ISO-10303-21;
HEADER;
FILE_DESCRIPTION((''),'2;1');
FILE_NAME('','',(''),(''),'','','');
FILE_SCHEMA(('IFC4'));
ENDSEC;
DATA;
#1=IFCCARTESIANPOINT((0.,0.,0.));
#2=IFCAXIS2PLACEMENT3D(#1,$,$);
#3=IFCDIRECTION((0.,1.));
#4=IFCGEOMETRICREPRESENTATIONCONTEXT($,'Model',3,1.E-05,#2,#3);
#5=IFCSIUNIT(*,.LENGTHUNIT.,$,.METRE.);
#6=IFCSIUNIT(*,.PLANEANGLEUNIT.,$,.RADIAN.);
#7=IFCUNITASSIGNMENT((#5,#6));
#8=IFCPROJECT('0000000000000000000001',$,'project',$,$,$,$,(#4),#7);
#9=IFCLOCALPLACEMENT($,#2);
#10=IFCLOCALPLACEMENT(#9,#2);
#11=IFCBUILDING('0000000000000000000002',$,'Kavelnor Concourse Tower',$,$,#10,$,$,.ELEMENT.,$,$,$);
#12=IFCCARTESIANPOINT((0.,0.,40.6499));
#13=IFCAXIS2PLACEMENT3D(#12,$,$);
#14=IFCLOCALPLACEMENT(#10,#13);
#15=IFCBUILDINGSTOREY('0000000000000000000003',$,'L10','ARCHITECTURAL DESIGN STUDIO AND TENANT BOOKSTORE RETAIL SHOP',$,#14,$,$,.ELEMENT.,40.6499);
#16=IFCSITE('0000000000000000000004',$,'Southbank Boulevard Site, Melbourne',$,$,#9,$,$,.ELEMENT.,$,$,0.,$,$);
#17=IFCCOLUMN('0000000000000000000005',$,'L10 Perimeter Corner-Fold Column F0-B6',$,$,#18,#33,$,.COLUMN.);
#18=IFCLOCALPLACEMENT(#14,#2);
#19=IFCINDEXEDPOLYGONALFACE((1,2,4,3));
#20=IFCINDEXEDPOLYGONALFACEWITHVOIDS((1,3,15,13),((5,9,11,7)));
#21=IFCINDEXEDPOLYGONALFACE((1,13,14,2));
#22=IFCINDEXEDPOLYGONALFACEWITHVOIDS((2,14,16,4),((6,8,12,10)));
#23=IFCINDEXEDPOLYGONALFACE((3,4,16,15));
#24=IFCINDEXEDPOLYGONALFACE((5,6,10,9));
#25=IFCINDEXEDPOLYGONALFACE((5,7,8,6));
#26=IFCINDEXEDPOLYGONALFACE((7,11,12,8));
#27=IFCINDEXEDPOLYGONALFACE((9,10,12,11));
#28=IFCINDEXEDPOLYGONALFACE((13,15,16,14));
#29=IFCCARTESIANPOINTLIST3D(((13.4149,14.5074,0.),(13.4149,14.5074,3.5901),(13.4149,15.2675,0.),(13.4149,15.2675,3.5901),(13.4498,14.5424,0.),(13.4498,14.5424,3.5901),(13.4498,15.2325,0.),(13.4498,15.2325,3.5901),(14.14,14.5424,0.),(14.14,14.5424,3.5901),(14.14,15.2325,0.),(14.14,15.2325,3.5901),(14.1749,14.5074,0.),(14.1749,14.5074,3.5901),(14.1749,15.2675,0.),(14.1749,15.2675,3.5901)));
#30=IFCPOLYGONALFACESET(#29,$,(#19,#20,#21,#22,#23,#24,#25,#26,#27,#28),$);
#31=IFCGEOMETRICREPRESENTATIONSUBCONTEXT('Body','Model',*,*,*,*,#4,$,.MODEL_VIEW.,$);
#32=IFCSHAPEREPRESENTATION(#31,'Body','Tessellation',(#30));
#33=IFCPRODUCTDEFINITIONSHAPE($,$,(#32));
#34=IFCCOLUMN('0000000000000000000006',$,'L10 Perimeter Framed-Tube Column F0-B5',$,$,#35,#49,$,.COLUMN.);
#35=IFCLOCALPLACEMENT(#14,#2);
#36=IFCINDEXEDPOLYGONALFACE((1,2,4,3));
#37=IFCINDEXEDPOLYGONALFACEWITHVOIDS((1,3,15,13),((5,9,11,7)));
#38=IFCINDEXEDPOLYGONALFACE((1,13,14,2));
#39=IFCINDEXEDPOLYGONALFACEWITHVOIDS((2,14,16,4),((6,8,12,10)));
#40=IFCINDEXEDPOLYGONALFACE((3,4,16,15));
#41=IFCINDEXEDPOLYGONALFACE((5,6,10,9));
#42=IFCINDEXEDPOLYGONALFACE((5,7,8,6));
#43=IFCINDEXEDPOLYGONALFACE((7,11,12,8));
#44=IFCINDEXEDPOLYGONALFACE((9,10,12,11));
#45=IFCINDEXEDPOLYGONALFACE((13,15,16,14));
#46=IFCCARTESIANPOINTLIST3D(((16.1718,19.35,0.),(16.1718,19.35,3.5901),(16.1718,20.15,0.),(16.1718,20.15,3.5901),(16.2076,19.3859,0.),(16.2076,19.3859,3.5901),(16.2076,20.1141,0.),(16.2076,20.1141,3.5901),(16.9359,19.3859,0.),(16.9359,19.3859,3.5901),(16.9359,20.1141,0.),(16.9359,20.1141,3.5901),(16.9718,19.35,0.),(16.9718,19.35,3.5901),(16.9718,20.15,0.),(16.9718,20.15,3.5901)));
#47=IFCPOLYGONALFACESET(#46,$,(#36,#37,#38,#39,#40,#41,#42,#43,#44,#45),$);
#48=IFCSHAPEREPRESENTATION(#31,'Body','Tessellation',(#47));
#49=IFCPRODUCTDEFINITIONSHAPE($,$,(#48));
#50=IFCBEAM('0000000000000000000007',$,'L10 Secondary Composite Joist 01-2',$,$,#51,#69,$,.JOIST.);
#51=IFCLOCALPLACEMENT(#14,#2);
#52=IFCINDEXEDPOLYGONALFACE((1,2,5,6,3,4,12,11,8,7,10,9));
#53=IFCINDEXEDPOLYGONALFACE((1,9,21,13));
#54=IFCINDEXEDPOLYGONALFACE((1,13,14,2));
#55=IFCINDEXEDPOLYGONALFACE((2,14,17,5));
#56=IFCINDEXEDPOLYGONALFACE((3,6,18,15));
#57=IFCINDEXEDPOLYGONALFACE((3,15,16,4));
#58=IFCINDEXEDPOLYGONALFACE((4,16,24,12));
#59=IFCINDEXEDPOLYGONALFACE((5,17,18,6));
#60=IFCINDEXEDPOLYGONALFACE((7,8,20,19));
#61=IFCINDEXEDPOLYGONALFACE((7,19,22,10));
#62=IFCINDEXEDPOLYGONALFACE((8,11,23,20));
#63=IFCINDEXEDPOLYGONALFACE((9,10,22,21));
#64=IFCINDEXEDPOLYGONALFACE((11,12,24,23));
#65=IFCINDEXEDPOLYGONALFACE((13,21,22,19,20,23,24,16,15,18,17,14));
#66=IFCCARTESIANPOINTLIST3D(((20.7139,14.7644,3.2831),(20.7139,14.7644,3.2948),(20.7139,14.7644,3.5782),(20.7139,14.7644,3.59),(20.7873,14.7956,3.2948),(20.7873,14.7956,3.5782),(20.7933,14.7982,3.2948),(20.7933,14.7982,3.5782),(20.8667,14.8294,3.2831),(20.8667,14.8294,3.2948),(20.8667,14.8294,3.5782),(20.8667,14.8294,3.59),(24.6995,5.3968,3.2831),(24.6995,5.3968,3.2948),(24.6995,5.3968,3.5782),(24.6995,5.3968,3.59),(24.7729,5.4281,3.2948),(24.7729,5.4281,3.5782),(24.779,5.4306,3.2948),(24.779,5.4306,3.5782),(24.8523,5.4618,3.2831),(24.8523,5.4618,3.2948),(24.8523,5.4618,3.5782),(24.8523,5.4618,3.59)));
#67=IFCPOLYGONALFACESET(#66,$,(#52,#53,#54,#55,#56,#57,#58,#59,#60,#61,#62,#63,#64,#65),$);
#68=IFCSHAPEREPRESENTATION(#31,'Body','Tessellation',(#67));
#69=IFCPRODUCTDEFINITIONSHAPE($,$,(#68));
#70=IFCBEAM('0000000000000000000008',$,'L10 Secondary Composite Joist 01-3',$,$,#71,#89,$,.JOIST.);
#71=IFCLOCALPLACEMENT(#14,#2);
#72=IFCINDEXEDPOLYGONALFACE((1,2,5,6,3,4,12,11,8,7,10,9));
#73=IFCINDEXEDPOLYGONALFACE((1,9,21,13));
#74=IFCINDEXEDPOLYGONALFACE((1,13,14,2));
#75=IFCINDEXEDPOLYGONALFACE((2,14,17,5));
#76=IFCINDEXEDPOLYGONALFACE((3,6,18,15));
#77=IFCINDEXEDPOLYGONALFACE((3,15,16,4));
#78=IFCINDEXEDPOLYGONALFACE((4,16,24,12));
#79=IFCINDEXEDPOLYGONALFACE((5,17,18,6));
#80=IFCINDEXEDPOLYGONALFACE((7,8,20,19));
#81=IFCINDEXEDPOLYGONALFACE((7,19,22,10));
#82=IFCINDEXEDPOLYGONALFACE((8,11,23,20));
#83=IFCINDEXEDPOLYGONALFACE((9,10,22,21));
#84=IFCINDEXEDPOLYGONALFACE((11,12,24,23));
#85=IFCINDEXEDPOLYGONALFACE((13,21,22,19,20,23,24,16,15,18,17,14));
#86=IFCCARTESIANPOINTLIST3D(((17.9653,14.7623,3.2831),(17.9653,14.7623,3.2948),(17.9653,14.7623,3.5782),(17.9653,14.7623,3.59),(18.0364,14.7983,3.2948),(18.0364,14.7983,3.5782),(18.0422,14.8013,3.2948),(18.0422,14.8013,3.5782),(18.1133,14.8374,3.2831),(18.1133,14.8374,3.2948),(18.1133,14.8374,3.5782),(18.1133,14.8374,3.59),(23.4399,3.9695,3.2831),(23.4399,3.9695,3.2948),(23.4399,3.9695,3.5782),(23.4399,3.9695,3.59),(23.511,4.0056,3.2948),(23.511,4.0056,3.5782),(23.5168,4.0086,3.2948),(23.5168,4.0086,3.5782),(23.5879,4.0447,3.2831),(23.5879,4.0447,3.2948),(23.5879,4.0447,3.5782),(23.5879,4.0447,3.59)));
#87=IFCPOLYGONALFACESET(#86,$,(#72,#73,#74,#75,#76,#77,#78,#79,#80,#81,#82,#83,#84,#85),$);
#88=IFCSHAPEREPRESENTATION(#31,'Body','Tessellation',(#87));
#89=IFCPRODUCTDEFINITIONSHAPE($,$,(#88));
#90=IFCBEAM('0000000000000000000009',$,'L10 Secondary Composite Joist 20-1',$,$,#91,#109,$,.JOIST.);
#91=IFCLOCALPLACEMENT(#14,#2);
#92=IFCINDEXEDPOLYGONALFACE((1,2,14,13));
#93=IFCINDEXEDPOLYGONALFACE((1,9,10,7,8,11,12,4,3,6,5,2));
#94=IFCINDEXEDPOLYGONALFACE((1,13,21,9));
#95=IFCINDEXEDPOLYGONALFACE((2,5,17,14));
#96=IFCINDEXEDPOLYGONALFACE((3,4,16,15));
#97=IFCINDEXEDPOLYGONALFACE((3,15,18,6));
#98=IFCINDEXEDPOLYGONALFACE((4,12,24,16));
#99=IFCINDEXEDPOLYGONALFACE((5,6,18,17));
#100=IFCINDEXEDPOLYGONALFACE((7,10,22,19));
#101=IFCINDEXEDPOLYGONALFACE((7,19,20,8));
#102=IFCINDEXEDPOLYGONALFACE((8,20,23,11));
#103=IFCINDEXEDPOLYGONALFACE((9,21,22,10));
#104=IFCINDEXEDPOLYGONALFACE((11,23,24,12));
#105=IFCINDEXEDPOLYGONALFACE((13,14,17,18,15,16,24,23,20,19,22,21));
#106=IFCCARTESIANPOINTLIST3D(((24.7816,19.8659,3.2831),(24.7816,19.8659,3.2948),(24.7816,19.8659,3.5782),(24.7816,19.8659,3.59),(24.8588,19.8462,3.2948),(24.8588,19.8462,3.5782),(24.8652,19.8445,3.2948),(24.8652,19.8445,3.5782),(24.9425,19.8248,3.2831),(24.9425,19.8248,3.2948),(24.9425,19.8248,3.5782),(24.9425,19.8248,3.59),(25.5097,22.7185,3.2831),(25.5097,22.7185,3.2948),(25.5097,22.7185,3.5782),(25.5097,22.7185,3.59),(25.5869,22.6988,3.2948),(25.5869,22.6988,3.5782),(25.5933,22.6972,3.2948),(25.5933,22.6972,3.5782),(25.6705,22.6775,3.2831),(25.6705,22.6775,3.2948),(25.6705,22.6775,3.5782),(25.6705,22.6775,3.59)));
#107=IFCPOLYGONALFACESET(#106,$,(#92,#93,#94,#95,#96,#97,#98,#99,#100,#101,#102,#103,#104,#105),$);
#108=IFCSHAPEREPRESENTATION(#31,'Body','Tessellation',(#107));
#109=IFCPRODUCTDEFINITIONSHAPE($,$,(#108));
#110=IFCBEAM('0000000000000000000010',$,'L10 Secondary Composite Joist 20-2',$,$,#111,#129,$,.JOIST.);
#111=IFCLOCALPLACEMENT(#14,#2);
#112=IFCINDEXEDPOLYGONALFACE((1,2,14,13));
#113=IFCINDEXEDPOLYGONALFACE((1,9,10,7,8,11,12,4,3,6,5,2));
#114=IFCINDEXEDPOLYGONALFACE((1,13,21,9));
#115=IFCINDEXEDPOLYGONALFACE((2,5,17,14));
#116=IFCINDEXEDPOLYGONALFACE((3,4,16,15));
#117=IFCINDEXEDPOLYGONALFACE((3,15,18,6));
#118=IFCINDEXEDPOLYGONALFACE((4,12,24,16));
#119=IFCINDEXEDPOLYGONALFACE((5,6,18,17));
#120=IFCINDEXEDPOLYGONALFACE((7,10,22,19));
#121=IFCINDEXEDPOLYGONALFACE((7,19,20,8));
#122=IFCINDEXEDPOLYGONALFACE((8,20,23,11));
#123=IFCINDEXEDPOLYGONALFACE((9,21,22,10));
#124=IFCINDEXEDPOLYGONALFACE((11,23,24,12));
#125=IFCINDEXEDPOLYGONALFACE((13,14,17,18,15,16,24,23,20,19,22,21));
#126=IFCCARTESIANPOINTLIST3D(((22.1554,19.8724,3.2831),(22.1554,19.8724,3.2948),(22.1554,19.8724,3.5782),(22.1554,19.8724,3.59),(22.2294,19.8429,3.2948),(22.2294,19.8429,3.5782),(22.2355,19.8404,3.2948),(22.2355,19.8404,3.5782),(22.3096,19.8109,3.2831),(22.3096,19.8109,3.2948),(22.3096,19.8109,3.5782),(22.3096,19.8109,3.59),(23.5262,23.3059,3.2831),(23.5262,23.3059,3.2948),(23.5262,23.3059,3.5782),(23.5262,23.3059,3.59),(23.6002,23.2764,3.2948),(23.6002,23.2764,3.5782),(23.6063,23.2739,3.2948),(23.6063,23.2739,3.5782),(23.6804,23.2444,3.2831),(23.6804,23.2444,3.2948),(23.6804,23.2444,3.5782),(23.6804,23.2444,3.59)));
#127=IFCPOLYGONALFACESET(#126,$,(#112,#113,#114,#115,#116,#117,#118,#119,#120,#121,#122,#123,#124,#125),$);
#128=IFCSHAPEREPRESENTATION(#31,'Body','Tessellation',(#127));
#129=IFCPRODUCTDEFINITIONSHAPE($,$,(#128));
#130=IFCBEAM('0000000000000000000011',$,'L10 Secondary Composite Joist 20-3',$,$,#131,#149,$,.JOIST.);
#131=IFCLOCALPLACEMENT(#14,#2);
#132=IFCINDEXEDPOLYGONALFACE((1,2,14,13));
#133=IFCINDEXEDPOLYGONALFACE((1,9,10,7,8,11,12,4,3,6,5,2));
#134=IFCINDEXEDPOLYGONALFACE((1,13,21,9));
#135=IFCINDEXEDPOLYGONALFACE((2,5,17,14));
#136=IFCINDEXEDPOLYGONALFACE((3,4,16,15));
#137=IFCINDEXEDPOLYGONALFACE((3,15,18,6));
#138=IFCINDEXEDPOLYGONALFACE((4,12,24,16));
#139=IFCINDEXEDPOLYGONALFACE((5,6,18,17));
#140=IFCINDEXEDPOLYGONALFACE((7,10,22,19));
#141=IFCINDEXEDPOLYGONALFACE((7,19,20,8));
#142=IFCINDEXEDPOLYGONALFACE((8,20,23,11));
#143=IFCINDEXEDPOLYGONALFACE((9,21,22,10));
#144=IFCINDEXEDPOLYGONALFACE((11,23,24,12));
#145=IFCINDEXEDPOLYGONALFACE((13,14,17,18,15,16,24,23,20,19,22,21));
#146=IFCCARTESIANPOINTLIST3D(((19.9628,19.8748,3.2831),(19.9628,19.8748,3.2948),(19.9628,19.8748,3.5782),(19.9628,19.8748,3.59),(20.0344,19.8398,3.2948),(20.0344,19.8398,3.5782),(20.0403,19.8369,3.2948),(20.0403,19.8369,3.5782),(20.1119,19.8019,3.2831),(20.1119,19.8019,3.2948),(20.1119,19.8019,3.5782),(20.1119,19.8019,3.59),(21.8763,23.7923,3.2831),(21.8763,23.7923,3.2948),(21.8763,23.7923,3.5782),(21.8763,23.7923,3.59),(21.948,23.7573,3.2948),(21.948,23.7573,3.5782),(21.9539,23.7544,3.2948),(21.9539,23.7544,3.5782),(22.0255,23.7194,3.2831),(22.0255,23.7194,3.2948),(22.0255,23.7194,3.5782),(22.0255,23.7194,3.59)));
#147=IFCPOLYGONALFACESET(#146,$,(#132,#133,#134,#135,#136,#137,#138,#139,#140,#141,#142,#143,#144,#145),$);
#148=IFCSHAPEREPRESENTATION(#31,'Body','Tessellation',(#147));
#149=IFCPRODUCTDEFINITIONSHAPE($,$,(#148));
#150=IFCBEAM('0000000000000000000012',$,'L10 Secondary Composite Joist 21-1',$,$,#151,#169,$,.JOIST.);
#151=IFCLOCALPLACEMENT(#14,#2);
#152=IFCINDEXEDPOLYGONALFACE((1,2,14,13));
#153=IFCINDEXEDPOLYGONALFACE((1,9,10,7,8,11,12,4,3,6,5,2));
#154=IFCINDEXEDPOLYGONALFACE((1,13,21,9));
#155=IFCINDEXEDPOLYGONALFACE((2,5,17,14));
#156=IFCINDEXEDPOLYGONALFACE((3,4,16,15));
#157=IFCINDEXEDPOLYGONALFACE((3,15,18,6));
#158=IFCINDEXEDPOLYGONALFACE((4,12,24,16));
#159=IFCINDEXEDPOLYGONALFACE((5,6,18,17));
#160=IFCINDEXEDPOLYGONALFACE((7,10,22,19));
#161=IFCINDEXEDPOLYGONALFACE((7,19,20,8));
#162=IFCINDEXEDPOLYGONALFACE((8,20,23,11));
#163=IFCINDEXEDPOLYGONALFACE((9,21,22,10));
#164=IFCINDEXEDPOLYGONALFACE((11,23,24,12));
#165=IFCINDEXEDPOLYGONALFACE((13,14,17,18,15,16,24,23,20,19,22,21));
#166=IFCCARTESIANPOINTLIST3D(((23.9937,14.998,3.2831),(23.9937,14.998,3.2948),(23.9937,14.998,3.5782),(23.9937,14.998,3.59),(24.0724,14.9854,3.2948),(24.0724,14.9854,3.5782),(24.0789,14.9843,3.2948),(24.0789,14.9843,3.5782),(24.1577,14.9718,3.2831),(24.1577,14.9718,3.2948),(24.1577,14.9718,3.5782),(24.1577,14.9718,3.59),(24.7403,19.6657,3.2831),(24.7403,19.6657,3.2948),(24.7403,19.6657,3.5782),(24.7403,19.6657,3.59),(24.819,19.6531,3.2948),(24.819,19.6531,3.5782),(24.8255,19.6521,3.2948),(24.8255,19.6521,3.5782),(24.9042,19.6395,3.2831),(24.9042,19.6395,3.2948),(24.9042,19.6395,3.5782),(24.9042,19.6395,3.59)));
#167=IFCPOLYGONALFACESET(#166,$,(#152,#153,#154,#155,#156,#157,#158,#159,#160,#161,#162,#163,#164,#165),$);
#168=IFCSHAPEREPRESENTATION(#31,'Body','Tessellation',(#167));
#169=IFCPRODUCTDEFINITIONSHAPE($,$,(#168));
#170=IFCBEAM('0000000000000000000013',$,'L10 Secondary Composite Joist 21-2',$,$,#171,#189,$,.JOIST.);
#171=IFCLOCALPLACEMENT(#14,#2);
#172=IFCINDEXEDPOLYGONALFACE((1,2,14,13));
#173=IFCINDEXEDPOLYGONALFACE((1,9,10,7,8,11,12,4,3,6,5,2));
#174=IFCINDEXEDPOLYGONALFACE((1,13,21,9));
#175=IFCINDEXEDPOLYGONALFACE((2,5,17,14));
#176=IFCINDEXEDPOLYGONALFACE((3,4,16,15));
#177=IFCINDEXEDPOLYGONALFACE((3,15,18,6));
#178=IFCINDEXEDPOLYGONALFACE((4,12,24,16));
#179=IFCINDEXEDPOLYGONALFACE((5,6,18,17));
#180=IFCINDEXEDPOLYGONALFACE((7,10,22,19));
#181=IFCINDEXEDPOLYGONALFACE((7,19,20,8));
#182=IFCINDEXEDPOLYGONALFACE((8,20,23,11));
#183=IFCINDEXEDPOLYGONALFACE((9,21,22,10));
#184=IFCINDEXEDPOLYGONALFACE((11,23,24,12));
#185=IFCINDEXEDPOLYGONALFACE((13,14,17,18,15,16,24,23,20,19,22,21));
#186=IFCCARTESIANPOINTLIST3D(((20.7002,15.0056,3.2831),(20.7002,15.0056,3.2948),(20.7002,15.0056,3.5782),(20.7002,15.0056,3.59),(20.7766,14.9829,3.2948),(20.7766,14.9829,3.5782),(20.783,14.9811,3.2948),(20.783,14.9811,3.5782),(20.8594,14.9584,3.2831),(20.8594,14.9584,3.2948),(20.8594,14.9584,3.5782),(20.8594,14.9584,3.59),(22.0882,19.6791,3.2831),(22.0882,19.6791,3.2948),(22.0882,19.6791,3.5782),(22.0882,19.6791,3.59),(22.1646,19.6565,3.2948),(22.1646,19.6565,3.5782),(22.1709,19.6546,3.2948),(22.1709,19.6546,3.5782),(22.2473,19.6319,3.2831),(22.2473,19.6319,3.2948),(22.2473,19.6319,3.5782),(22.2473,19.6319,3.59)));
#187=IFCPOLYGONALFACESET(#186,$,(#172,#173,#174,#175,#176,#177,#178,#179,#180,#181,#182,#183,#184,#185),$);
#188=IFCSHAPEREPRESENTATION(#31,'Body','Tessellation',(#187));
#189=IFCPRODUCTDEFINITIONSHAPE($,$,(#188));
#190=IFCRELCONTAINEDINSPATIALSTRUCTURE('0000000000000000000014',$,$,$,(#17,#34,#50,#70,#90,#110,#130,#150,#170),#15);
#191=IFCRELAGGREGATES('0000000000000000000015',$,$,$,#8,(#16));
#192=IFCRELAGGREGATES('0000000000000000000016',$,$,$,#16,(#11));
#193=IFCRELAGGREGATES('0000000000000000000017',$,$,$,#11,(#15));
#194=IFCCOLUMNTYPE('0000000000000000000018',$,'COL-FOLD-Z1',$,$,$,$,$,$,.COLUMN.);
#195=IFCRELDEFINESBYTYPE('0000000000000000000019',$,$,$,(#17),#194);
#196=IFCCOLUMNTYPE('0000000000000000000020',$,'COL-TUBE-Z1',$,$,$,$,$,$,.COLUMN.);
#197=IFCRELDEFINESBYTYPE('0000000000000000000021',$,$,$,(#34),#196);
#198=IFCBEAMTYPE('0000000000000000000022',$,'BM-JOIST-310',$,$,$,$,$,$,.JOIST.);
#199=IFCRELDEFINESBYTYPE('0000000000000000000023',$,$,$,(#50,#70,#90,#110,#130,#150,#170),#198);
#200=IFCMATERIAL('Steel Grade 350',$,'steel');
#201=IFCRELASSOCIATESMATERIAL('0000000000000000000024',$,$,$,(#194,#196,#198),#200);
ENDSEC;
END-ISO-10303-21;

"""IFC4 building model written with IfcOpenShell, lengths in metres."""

from ifc_helpers import new_model, si_unit, direction, frame, origin, origin_2d, place, context, subcontext, project, spatial, hollow_rectangle, i_section, extrude, material, material_profile, profile_set, type_object, element, save


model = new_model("IFC4")

# Units and contexts
model_context = context("Model", 3, precision=1e-05, world=origin(), true_north=direction((0.0, 1.0)))
body_context = subcontext(model_context, "Body", "Model", "MODEL_VIEW")
ifc_project = project(units=[si_unit("LENGTHUNIT", "METRE"), si_unit("PLANEANGLEUNIT", "RADIAN")], contexts=[model_context])

# Site, building, storey
site_placement = place(None, origin())
site = spatial("IfcSite", under=ifc_project, at=site_placement, Name="Southbank Boulevard Site, Melbourne", CompositionType="ELEMENT", RefElevation=0.0)
building_placement = place(site_placement, origin())
building = spatial("IfcBuilding", under=site, at=building_placement, Name="Kavelnor Concourse Tower", CompositionType="ELEMENT")
storey_placement = place(building_placement, frame((0.0, 0.0, 40.6499)))
storey = spatial("IfcBuildingStorey", under=building, at=storey_placement, Name="L10", Description="ARCHITECTURAL DESIGN STUDIO AND TENANT BOOKSTORE RETAIL SHOP", CompositionType="ELEMENT", Elevation=40.6499)

# Columns
ifc_material_1 = material(Name="Steel Grade 350", Category="steel")
ifc_material_profile_1 = material_profile(ifc_material_1, hollow_rectangle(XDim=0.76, YDim=0.76, WallThickness=0.0349, at=origin_2d()), Name="SHS 760x760x35")
ifc_profile_set_1 = profile_set([ifc_material_profile_1], Name="Steel Grade 350")
column_type_1 = type_object("IfcColumnType", Name="COL-FOLD-Z1", PredefinedType="COLUMN", material=ifc_profile_set_1)
column_1_placement = place(storey_placement, frame((13.7949, 14.8875, 0.0), z_axis=(0.0, 0.0, 1.0), x_axis=(1.0, 0.0, 0.0)))
element("IfcColumn", 1, at=column_1_placement, inside=storey, type_object=column_type_1, Name="L10 Perimeter Corner-Fold Column F0-B6", PredefinedType="COLUMN", context=body_context, shape_type="SweptSolid", body=[
    extrude(hollow_rectangle(XDim=0.76, YDim=0.76, WallThickness=0.0349, at=origin_2d()), origin(), (0.0, 0.0, 1.0), 3.5901),
])
ifc_material_profile_2 = material_profile(ifc_material_1, hollow_rectangle(XDim=0.8, YDim=0.8, WallThickness=0.0359, at=origin_2d()), Name="SHS 800x800x36")
ifc_profile_set_2 = profile_set([ifc_material_profile_2], Name="Steel Grade 350")
column_type_2 = type_object("IfcColumnType", Name="COL-TUBE-Z1", PredefinedType="COLUMN", material=ifc_profile_set_2)
column_2_placement = place(storey_placement, frame((16.5718, 19.75, 0.0), z_axis=(0.0, 0.0, 1.0), x_axis=(1.0, 0.0, 0.0)))
element("IfcColumn", 2, at=column_2_placement, inside=storey, type_object=column_type_2, Name="L10 Perimeter Framed-Tube Column F0-B5", PredefinedType="COLUMN", context=body_context, shape_type="SweptSolid", body=[
    extrude(hollow_rectangle(XDim=0.8, YDim=0.8, WallThickness=0.0359, at=origin_2d()), origin(), (0.0, 0.0, 1.0), 3.5901),
])

# Beams
ifc_material_profile_3 = material_profile(ifc_material_1, i_section(OverallWidth=0.166, OverallDepth=0.3069, WebThickness=0.0066, FlangeThickness=0.0117, at=origin_2d()), Name="310UB46")
ifc_profile_set_3 = profile_set([ifc_material_profile_3], Name="Steel Grade 350")
beam_type_1 = type_object("IfcBeamType", Name="BM-JOIST-310", PredefinedType="JOIST", material=ifc_profile_set_3)
beam_1_placement = place(storey_placement, frame((20.7903, 14.7969, 3.4365), z_axis=(0.39151, -0.920174, 0.0), x_axis=(0.920174, 0.39151, 0.0)))
element("IfcBeam", 3, at=beam_1_placement, inside=storey, type_object=beam_type_1, Name="L10 Secondary Composite Joist 01-2", PredefinedType="JOIST", context=body_context, shape_type="SweptSolid", body=[
    extrude(i_section(OverallWidth=0.166, OverallDepth=0.3069, WebThickness=0.0066, FlangeThickness=0.0117, at=origin_2d()), origin(), (0.0, 0.0, 1.0), 10.1802),
])
beam_2_placement = place(storey_placement, frame((18.0393, 14.7998, 3.4365), z_axis=(0.452379, -0.891826, 0.0), x_axis=(0.891826, 0.452379, 0.0)))
element("IfcBeam", 4, at=beam_2_placement, inside=storey, type_object=beam_type_1, Name="L10 Secondary Composite Joist 01-3", PredefinedType="JOIST", context=body_context, shape_type="SweptSolid", body=[
    extrude(i_section(OverallWidth=0.166, OverallDepth=0.3069, WebThickness=0.0066, FlangeThickness=0.0117, at=origin_2d()), origin(), (0.0, 0.0, 1.0), 12.1018),
])
beam_3_placement = place(storey_placement, frame((25.5901, 22.698, 3.4365), z_axis=(-0.247294, -0.968941, 0.0), x_axis=(0.968941, -0.247294, 0.0)))
element("IfcBeam", 5, at=beam_3_placement, inside=storey, type_object=beam_type_1, Name="L10 Secondary Composite Joist 20-1", PredefinedType="JOIST", context=body_context, shape_type="SweptSolid", body=[
    extrude(i_section(OverallWidth=0.166, OverallDepth=0.3069, WebThickness=0.0066, FlangeThickness=0.0117, at=origin_2d()), origin(), (0.0, 0.0, 1.0), 2.9441),
])
beam_4_placement = place(storey_placement, frame((23.6033, 23.2751, 3.4365), z_axis=(-0.370787, -0.928718, 0.0), x_axis=(0.928718, -0.370787, 0.0)))
element("IfcBeam", 6, at=beam_4_placement, inside=storey, type_object=beam_type_1, Name="L10 Secondary Composite Joist 20-2", PredefinedType="JOIST", context=body_context, shape_type="SweptSolid", body=[
    extrude(i_section(OverallWidth=0.166, OverallDepth=0.3069, WebThickness=0.0066, FlangeThickness=0.0117, at=origin_2d()), origin(), (0.0, 0.0, 1.0), 3.697),
])
beam_5_placement = place(storey_placement, frame((21.9509, 23.7559, 3.4365), z_axis=(-0.438907, -0.898533, 0.0), x_axis=(0.898533, -0.438907, 0.0)))
element("IfcBeam", 7, at=beam_5_placement, inside=storey, type_object=beam_type_1, Name="L10 Secondary Composite Joist 20-3", PredefinedType="JOIST", context=body_context, shape_type="SweptSolid", body=[
    extrude(i_section(OverallWidth=0.166, OverallDepth=0.3069, WebThickness=0.0066, FlangeThickness=0.0117, at=origin_2d()), origin(), (0.0, 0.0, 1.0), 4.3599),
])
beam_6_placement = place(storey_placement, frame((24.8223, 19.6526, 3.4365), z_axis=(-0.157938, -0.987449, 0.0), x_axis=(0.987449, -0.157938, 0.0)))
element("IfcBeam", 8, at=beam_6_placement, inside=storey, type_object=beam_type_1, Name="L10 Secondary Composite Joist 21-1", PredefinedType="JOIST", context=body_context, shape_type="SweptSolid", body=[
    extrude(i_section(OverallWidth=0.166, OverallDepth=0.3069, WebThickness=0.0066, FlangeThickness=0.0117, at=origin_2d()), origin(), (0.0, 0.0, 1.0), 4.7271),
])
beam_7_placement = place(storey_placement, frame((22.1677, 19.6555, 3.4365), z_axis=(-0.284687, -0.958621, 0.0), x_axis=(0.958621, -0.284687, 0.0)))
element("IfcBeam", 9, at=beam_7_placement, inside=storey, type_object=beam_type_1, Name="L10 Secondary Composite Joist 21-2", PredefinedType="JOIST", context=body_context, shape_type="SweptSolid", body=[
    extrude(i_section(OverallWidth=0.166, OverallDepth=0.3069, WebThickness=0.0066, FlangeThickness=0.0117, at=origin_2d()), origin(), (0.0, 0.0, 1.0), 4.8752),
])

save(model, "model.ifc")
